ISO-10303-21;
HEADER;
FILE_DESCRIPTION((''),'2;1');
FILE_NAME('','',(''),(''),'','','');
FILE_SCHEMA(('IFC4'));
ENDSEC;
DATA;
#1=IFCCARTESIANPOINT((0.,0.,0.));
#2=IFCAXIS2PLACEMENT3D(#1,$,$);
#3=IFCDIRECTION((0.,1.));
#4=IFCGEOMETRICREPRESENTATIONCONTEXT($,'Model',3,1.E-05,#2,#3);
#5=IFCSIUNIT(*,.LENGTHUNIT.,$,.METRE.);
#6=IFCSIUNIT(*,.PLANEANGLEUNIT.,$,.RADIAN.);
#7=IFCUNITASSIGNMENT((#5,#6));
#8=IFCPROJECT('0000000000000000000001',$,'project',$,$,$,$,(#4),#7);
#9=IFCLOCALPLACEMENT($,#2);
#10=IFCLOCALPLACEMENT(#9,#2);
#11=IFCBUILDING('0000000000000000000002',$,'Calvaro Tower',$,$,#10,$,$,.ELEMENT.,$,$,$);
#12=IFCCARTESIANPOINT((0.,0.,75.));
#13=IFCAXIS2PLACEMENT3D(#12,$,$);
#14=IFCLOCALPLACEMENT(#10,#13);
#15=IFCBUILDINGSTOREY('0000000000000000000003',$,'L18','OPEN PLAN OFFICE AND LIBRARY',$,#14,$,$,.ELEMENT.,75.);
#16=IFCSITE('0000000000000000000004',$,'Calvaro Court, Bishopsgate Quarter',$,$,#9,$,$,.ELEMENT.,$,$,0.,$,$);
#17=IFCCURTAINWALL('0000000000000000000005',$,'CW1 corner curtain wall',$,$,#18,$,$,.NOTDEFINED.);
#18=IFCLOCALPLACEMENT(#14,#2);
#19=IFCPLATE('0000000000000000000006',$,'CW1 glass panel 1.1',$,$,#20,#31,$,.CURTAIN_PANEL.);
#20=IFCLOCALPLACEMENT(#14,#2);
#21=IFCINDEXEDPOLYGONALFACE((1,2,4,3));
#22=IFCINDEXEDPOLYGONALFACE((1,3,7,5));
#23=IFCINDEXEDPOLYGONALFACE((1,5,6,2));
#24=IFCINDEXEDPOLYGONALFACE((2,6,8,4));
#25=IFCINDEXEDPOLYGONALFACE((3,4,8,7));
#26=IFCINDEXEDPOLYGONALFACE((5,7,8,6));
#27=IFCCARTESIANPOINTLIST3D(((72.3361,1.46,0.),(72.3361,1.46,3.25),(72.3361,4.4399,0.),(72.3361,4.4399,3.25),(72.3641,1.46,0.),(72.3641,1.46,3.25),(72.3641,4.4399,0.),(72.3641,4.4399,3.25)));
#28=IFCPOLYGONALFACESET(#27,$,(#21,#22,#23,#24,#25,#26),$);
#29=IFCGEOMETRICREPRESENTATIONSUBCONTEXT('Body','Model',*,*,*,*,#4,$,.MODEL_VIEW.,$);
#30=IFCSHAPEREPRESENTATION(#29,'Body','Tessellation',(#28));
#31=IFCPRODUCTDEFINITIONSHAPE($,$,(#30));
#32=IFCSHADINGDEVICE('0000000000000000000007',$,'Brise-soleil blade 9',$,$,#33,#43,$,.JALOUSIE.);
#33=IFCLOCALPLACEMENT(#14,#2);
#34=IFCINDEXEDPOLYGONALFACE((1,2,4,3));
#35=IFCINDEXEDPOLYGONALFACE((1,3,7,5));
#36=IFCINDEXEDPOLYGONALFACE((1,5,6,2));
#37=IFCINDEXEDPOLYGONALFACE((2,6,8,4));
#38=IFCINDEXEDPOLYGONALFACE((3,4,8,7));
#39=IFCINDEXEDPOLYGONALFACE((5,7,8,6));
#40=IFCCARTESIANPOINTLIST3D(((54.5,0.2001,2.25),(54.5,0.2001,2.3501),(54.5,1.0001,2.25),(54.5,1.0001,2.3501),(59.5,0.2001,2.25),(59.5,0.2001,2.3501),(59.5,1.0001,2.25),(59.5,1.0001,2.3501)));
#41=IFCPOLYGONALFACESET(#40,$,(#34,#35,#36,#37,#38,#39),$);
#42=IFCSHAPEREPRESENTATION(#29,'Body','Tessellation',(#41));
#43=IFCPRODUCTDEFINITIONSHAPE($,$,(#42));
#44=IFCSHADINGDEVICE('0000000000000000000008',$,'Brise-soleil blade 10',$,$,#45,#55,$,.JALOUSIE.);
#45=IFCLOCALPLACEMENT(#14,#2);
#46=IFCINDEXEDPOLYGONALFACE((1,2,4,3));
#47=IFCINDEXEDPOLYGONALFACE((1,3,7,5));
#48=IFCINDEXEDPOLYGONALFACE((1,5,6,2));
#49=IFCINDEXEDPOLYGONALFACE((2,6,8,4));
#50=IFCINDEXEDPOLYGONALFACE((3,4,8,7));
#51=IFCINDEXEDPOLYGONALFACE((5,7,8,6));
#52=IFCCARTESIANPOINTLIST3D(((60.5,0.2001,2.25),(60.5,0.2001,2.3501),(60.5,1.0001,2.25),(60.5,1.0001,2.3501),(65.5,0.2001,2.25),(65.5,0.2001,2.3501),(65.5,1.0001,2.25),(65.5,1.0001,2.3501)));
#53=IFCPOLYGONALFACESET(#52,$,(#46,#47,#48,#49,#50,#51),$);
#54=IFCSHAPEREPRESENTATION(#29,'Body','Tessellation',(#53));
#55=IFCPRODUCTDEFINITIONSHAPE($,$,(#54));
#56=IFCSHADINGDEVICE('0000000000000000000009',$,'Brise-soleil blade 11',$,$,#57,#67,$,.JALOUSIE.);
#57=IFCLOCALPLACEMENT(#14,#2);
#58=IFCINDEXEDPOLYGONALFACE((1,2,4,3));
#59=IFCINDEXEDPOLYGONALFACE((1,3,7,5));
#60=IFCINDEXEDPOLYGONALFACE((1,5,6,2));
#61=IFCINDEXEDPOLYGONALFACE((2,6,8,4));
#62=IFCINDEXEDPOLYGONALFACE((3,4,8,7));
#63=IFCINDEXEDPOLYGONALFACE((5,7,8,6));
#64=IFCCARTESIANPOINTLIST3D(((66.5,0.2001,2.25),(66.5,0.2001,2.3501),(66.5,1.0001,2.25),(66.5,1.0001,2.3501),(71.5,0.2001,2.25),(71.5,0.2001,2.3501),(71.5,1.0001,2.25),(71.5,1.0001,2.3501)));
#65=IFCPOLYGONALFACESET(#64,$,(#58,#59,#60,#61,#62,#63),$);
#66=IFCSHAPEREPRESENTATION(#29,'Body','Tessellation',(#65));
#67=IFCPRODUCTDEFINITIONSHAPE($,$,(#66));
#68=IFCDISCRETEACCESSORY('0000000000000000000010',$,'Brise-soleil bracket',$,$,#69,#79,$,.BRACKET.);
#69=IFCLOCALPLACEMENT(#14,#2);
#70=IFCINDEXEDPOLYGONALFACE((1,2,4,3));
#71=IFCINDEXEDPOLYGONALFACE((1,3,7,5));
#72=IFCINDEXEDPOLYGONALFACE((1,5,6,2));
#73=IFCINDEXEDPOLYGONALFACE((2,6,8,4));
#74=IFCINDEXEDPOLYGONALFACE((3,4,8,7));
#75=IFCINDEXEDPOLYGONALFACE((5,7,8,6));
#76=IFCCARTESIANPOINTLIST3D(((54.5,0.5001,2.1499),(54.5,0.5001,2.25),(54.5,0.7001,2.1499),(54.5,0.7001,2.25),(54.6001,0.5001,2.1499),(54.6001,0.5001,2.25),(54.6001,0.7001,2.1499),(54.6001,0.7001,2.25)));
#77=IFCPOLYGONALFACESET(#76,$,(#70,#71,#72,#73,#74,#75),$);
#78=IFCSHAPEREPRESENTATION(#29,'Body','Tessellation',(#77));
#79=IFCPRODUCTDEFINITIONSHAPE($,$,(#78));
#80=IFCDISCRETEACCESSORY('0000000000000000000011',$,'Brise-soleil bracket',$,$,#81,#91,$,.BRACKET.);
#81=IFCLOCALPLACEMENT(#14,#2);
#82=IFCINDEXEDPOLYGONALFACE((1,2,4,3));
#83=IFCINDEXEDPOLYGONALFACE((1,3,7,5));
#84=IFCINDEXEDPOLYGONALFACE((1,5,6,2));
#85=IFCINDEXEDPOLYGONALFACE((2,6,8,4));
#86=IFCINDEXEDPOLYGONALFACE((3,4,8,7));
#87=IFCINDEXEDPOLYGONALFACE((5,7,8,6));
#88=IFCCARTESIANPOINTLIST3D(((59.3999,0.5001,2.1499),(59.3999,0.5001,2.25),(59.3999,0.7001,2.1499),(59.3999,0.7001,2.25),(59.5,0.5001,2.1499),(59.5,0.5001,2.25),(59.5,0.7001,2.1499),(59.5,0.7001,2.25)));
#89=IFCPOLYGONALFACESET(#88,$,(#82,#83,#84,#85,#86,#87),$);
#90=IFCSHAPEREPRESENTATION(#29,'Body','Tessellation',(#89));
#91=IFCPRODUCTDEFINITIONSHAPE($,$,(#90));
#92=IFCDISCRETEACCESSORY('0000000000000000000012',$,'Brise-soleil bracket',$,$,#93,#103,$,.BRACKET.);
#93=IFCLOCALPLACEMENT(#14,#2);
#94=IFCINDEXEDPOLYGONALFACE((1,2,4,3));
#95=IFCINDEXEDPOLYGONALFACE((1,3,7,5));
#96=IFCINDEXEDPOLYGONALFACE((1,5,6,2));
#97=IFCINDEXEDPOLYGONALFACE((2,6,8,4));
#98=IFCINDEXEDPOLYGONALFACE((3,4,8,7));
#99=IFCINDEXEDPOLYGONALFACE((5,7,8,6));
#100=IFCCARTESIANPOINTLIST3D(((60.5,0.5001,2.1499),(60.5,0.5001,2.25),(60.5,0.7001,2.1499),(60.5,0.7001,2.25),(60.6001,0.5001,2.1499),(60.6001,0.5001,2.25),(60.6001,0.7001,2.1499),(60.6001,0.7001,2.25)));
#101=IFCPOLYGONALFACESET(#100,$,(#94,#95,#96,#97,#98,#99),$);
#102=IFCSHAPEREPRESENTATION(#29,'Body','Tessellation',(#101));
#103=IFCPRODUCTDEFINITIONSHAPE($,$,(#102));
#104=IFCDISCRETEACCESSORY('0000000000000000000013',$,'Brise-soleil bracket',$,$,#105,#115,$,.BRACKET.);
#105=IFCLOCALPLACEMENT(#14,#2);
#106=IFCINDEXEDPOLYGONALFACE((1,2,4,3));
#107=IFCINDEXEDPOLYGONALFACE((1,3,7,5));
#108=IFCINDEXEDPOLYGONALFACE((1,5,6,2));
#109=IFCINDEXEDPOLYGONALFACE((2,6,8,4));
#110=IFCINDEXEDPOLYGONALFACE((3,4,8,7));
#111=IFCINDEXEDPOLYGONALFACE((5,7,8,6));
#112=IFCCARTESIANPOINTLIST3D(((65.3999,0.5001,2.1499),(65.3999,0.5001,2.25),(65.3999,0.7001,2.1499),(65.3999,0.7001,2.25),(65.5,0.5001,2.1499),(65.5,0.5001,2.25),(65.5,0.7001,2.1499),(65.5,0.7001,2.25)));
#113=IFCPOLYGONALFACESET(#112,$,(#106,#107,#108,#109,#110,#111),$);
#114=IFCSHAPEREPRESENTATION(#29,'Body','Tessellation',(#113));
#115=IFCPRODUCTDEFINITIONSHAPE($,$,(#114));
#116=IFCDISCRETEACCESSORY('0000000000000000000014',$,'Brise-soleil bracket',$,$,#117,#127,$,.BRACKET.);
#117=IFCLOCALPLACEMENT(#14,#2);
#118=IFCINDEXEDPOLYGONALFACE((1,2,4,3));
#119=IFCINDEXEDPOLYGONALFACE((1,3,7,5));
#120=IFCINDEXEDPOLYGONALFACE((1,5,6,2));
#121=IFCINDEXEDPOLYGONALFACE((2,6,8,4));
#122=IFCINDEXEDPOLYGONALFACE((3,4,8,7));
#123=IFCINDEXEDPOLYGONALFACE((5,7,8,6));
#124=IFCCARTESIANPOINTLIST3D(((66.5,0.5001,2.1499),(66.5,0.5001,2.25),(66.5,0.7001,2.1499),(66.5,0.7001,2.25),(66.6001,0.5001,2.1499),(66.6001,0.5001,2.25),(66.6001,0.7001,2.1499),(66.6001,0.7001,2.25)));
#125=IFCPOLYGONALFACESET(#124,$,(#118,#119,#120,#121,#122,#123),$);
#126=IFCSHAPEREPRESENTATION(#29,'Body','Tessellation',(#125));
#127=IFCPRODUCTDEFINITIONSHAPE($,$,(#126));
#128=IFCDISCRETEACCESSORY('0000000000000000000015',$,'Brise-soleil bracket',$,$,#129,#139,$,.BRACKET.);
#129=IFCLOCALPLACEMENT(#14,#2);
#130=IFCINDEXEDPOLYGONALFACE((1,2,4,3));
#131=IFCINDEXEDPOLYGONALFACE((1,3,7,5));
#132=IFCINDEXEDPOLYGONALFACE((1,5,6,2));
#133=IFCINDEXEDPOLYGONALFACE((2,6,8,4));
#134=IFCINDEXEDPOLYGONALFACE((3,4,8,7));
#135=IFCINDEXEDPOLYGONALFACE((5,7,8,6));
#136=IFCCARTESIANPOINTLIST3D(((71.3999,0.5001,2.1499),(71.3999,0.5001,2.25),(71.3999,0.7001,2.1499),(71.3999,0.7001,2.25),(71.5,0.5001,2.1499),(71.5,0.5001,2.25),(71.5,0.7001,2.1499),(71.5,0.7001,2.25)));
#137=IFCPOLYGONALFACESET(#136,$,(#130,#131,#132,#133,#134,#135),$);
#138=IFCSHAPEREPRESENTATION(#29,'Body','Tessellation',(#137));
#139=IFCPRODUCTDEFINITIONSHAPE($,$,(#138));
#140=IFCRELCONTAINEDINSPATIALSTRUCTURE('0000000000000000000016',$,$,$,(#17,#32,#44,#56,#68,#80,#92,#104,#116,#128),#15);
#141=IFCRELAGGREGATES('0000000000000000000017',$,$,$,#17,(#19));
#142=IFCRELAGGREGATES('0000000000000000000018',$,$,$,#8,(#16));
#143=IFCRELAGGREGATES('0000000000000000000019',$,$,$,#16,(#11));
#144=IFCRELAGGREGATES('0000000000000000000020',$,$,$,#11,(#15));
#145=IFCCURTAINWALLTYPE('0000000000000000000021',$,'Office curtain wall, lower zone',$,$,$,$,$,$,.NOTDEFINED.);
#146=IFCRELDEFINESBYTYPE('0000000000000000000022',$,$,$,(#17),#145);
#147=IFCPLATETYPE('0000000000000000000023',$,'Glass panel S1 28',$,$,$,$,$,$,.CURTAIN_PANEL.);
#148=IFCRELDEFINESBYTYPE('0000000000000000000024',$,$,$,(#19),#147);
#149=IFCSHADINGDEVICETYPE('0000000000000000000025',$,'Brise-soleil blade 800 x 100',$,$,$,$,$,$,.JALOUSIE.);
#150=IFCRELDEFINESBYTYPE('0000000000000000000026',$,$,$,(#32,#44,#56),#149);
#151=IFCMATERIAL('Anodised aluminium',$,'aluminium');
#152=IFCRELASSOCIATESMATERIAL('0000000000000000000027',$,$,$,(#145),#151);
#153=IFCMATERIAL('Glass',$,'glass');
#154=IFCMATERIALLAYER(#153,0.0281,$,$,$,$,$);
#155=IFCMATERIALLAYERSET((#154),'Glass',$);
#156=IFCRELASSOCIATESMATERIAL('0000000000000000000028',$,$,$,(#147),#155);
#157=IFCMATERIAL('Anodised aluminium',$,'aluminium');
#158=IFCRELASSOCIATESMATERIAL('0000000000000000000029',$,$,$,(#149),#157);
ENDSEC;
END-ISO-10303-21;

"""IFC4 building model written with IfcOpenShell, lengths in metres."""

from ifc_helpers import new_model, si_unit, direction, frame, origin, origin_2d, place, context, subcontext, project, spatial, rectangle, extrude, material, layer, layer_set, material_profile, profile_set, type_object, element, aggregate, save


model = new_model("IFC4")

# Units and contexts
model_context = context("Model", 3, precision=1e-05, world=origin(), true_north=direction((0.0, 1.0)))
body_context = subcontext(model_context, "Body", "Model", "MODEL_VIEW")
ifc_project = project(units=[si_unit("LENGTHUNIT", "METRE"), si_unit("PLANEANGLEUNIT", "RADIAN")], contexts=[model_context])

# Site, building, storey
site_placement = place(None, origin())
site = spatial("IfcSite", under=ifc_project, at=site_placement, Name="Calvaro Court, Bishopsgate Quarter", CompositionType="ELEMENT", RefElevation=0.0)
building_placement = place(site_placement, origin())
building = spatial("IfcBuilding", under=site, at=building_placement, Name="Calvaro Tower", CompositionType="ELEMENT")
storey_placement = place(building_placement, frame((0.0, 0.0, 75.0)))
storey = spatial("IfcBuildingStorey", under=building, at=storey_placement, Name="L18", Description="OPEN PLAN OFFICE AND LIBRARY", CompositionType="ELEMENT", Elevation=75.0)

# Curtain wall
ifc_material_1 = material(Name="Anodised aluminium", Category="aluminium")
curtain_wall_type = type_object("IfcCurtainWallType", Name="Office curtain wall, lower zone", PredefinedType="NOTDEFINED", material=ifc_material_1)
curtain_wall_1_placement = place(storey_placement, origin())
curtain_wall_1 = element("IfcCurtainWall", 1, at=curtain_wall_1_placement, inside=storey, type_object=curtain_wall_type, Name="CW1 corner curtain wall", PredefinedType="NOTDEFINED")

# Plate
ifc_material_2 = material(Name="Glass", Category="glass")
ifc_layer = layer(ifc_material_2, 0.0281)
ifc_layer_set = layer_set([ifc_layer], Name="Glass")
plate_type = type_object("IfcPlateType", Name="Glass panel S1 28", PredefinedType="CURTAIN_PANEL", material=ifc_layer_set)
plate_1_placement = place(storey_placement, frame((72.3501, 2.95, 0.0), z_axis=(0.0, 0.0, 1.0), x_axis=(0.0, 1.0, 0.0)))
plate_1 = element("IfcPlate", 2, at=plate_1_placement, type_object=plate_type, Name="CW1 glass panel 1.1", PredefinedType="CURTAIN_PANEL", context=body_context, shape_type="SweptSolid", body=[
    extrude(rectangle(XDim=2.98, YDim=0.0281, at=origin_2d()), origin(), (0.0, 0.0, 1.0), 3.25),
])
aggregate(curtain_wall_1, [plate_1])

# Shading devices
ifc_material_3 = material(Name="Anodised aluminium", Category="aluminium")
ifc_material_profile_1 = material_profile(ifc_material_3, rectangle(XDim=0.8, YDim=0.1001, at=origin_2d()), Name="Brise-soleil blade 800 x 100")
ifc_profile_set_1 = profile_set([ifc_material_profile_1], Name="Anodised aluminium")
shading_device_type = type_object("IfcShadingDeviceType", Name="Brise-soleil blade 800 x 100", PredefinedType="JALOUSIE", material=ifc_profile_set_1)
for number, where, z_axis, x_axis, name in (
    (3, (54.5, 0.6001, 2.3), (1.0, 0.0, 0.0), (0.0, 1.0, 0.0), "Brise-soleil blade 9"),
    (4, (60.5, 0.6001, 2.3), (1.0, 0.0, 0.0), (0.0, 1.0, 0.0), "Brise-soleil blade 10"),
    (5, (66.5, 0.6001, 2.3), (1.0, 0.0, 0.0), (0.0, 1.0, 0.0), "Brise-soleil blade 11"),
):
    element("IfcShadingDevice", number, at=place(storey_placement, frame(where, z_axis=z_axis, x_axis=x_axis)), inside=storey, type_object=shading_device_type, Name=name, PredefinedType="JALOUSIE", context=body_context, shape_type="SweptSolid", body=[
        extrude(rectangle(XDim=0.8, YDim=0.1001, at=origin_2d()), origin(), (0.0, 0.0, 1.0), 5.0),
    ])

# Discrete accessories
for number, where, z_axis, x_axis, name in (
    (6, (54.55, 0.6001, 2.1499), (0.0, 0.0, 1.0), (1.0, 0.0, 0.0), "Brise-soleil bracket"),
    (7, (59.45, 0.6001, 2.1499), (0.0, 0.0, 1.0), (1.0, 0.0, 0.0), "Brise-soleil bracket"),
    (8, (60.55, 0.6001, 2.1499), (0.0, 0.0, 1.0), (1.0, 0.0, 0.0), "Brise-soleil bracket"),
    (9, (65.45, 0.6001, 2.1499), (0.0, 0.0, 1.0), (1.0, 0.0, 0.0), "Brise-soleil bracket"),
    (10, (66.55, 0.6001, 2.1499), (0.0, 0.0, 1.0), (1.0, 0.0, 0.0), "Brise-soleil bracket"),
    (11, (71.45, 0.6001, 2.1499), (0.0, 0.0, 1.0), (1.0, 0.0, 0.0), "Brise-soleil bracket"),
):
    element("IfcDiscreteAccessory", number, at=place(storey_placement, frame(where, z_axis=z_axis, x_axis=x_axis)), inside=storey, Name=name, PredefinedType="BRACKET", context=body_context, shape_type="SweptSolid", body=[
        extrude(rectangle(XDim=0.1001, YDim=0.2, at=origin_2d()), origin(), (0.0, 0.0, 1.0), 0.1001),
    ])

save(model, "model.ifc")
